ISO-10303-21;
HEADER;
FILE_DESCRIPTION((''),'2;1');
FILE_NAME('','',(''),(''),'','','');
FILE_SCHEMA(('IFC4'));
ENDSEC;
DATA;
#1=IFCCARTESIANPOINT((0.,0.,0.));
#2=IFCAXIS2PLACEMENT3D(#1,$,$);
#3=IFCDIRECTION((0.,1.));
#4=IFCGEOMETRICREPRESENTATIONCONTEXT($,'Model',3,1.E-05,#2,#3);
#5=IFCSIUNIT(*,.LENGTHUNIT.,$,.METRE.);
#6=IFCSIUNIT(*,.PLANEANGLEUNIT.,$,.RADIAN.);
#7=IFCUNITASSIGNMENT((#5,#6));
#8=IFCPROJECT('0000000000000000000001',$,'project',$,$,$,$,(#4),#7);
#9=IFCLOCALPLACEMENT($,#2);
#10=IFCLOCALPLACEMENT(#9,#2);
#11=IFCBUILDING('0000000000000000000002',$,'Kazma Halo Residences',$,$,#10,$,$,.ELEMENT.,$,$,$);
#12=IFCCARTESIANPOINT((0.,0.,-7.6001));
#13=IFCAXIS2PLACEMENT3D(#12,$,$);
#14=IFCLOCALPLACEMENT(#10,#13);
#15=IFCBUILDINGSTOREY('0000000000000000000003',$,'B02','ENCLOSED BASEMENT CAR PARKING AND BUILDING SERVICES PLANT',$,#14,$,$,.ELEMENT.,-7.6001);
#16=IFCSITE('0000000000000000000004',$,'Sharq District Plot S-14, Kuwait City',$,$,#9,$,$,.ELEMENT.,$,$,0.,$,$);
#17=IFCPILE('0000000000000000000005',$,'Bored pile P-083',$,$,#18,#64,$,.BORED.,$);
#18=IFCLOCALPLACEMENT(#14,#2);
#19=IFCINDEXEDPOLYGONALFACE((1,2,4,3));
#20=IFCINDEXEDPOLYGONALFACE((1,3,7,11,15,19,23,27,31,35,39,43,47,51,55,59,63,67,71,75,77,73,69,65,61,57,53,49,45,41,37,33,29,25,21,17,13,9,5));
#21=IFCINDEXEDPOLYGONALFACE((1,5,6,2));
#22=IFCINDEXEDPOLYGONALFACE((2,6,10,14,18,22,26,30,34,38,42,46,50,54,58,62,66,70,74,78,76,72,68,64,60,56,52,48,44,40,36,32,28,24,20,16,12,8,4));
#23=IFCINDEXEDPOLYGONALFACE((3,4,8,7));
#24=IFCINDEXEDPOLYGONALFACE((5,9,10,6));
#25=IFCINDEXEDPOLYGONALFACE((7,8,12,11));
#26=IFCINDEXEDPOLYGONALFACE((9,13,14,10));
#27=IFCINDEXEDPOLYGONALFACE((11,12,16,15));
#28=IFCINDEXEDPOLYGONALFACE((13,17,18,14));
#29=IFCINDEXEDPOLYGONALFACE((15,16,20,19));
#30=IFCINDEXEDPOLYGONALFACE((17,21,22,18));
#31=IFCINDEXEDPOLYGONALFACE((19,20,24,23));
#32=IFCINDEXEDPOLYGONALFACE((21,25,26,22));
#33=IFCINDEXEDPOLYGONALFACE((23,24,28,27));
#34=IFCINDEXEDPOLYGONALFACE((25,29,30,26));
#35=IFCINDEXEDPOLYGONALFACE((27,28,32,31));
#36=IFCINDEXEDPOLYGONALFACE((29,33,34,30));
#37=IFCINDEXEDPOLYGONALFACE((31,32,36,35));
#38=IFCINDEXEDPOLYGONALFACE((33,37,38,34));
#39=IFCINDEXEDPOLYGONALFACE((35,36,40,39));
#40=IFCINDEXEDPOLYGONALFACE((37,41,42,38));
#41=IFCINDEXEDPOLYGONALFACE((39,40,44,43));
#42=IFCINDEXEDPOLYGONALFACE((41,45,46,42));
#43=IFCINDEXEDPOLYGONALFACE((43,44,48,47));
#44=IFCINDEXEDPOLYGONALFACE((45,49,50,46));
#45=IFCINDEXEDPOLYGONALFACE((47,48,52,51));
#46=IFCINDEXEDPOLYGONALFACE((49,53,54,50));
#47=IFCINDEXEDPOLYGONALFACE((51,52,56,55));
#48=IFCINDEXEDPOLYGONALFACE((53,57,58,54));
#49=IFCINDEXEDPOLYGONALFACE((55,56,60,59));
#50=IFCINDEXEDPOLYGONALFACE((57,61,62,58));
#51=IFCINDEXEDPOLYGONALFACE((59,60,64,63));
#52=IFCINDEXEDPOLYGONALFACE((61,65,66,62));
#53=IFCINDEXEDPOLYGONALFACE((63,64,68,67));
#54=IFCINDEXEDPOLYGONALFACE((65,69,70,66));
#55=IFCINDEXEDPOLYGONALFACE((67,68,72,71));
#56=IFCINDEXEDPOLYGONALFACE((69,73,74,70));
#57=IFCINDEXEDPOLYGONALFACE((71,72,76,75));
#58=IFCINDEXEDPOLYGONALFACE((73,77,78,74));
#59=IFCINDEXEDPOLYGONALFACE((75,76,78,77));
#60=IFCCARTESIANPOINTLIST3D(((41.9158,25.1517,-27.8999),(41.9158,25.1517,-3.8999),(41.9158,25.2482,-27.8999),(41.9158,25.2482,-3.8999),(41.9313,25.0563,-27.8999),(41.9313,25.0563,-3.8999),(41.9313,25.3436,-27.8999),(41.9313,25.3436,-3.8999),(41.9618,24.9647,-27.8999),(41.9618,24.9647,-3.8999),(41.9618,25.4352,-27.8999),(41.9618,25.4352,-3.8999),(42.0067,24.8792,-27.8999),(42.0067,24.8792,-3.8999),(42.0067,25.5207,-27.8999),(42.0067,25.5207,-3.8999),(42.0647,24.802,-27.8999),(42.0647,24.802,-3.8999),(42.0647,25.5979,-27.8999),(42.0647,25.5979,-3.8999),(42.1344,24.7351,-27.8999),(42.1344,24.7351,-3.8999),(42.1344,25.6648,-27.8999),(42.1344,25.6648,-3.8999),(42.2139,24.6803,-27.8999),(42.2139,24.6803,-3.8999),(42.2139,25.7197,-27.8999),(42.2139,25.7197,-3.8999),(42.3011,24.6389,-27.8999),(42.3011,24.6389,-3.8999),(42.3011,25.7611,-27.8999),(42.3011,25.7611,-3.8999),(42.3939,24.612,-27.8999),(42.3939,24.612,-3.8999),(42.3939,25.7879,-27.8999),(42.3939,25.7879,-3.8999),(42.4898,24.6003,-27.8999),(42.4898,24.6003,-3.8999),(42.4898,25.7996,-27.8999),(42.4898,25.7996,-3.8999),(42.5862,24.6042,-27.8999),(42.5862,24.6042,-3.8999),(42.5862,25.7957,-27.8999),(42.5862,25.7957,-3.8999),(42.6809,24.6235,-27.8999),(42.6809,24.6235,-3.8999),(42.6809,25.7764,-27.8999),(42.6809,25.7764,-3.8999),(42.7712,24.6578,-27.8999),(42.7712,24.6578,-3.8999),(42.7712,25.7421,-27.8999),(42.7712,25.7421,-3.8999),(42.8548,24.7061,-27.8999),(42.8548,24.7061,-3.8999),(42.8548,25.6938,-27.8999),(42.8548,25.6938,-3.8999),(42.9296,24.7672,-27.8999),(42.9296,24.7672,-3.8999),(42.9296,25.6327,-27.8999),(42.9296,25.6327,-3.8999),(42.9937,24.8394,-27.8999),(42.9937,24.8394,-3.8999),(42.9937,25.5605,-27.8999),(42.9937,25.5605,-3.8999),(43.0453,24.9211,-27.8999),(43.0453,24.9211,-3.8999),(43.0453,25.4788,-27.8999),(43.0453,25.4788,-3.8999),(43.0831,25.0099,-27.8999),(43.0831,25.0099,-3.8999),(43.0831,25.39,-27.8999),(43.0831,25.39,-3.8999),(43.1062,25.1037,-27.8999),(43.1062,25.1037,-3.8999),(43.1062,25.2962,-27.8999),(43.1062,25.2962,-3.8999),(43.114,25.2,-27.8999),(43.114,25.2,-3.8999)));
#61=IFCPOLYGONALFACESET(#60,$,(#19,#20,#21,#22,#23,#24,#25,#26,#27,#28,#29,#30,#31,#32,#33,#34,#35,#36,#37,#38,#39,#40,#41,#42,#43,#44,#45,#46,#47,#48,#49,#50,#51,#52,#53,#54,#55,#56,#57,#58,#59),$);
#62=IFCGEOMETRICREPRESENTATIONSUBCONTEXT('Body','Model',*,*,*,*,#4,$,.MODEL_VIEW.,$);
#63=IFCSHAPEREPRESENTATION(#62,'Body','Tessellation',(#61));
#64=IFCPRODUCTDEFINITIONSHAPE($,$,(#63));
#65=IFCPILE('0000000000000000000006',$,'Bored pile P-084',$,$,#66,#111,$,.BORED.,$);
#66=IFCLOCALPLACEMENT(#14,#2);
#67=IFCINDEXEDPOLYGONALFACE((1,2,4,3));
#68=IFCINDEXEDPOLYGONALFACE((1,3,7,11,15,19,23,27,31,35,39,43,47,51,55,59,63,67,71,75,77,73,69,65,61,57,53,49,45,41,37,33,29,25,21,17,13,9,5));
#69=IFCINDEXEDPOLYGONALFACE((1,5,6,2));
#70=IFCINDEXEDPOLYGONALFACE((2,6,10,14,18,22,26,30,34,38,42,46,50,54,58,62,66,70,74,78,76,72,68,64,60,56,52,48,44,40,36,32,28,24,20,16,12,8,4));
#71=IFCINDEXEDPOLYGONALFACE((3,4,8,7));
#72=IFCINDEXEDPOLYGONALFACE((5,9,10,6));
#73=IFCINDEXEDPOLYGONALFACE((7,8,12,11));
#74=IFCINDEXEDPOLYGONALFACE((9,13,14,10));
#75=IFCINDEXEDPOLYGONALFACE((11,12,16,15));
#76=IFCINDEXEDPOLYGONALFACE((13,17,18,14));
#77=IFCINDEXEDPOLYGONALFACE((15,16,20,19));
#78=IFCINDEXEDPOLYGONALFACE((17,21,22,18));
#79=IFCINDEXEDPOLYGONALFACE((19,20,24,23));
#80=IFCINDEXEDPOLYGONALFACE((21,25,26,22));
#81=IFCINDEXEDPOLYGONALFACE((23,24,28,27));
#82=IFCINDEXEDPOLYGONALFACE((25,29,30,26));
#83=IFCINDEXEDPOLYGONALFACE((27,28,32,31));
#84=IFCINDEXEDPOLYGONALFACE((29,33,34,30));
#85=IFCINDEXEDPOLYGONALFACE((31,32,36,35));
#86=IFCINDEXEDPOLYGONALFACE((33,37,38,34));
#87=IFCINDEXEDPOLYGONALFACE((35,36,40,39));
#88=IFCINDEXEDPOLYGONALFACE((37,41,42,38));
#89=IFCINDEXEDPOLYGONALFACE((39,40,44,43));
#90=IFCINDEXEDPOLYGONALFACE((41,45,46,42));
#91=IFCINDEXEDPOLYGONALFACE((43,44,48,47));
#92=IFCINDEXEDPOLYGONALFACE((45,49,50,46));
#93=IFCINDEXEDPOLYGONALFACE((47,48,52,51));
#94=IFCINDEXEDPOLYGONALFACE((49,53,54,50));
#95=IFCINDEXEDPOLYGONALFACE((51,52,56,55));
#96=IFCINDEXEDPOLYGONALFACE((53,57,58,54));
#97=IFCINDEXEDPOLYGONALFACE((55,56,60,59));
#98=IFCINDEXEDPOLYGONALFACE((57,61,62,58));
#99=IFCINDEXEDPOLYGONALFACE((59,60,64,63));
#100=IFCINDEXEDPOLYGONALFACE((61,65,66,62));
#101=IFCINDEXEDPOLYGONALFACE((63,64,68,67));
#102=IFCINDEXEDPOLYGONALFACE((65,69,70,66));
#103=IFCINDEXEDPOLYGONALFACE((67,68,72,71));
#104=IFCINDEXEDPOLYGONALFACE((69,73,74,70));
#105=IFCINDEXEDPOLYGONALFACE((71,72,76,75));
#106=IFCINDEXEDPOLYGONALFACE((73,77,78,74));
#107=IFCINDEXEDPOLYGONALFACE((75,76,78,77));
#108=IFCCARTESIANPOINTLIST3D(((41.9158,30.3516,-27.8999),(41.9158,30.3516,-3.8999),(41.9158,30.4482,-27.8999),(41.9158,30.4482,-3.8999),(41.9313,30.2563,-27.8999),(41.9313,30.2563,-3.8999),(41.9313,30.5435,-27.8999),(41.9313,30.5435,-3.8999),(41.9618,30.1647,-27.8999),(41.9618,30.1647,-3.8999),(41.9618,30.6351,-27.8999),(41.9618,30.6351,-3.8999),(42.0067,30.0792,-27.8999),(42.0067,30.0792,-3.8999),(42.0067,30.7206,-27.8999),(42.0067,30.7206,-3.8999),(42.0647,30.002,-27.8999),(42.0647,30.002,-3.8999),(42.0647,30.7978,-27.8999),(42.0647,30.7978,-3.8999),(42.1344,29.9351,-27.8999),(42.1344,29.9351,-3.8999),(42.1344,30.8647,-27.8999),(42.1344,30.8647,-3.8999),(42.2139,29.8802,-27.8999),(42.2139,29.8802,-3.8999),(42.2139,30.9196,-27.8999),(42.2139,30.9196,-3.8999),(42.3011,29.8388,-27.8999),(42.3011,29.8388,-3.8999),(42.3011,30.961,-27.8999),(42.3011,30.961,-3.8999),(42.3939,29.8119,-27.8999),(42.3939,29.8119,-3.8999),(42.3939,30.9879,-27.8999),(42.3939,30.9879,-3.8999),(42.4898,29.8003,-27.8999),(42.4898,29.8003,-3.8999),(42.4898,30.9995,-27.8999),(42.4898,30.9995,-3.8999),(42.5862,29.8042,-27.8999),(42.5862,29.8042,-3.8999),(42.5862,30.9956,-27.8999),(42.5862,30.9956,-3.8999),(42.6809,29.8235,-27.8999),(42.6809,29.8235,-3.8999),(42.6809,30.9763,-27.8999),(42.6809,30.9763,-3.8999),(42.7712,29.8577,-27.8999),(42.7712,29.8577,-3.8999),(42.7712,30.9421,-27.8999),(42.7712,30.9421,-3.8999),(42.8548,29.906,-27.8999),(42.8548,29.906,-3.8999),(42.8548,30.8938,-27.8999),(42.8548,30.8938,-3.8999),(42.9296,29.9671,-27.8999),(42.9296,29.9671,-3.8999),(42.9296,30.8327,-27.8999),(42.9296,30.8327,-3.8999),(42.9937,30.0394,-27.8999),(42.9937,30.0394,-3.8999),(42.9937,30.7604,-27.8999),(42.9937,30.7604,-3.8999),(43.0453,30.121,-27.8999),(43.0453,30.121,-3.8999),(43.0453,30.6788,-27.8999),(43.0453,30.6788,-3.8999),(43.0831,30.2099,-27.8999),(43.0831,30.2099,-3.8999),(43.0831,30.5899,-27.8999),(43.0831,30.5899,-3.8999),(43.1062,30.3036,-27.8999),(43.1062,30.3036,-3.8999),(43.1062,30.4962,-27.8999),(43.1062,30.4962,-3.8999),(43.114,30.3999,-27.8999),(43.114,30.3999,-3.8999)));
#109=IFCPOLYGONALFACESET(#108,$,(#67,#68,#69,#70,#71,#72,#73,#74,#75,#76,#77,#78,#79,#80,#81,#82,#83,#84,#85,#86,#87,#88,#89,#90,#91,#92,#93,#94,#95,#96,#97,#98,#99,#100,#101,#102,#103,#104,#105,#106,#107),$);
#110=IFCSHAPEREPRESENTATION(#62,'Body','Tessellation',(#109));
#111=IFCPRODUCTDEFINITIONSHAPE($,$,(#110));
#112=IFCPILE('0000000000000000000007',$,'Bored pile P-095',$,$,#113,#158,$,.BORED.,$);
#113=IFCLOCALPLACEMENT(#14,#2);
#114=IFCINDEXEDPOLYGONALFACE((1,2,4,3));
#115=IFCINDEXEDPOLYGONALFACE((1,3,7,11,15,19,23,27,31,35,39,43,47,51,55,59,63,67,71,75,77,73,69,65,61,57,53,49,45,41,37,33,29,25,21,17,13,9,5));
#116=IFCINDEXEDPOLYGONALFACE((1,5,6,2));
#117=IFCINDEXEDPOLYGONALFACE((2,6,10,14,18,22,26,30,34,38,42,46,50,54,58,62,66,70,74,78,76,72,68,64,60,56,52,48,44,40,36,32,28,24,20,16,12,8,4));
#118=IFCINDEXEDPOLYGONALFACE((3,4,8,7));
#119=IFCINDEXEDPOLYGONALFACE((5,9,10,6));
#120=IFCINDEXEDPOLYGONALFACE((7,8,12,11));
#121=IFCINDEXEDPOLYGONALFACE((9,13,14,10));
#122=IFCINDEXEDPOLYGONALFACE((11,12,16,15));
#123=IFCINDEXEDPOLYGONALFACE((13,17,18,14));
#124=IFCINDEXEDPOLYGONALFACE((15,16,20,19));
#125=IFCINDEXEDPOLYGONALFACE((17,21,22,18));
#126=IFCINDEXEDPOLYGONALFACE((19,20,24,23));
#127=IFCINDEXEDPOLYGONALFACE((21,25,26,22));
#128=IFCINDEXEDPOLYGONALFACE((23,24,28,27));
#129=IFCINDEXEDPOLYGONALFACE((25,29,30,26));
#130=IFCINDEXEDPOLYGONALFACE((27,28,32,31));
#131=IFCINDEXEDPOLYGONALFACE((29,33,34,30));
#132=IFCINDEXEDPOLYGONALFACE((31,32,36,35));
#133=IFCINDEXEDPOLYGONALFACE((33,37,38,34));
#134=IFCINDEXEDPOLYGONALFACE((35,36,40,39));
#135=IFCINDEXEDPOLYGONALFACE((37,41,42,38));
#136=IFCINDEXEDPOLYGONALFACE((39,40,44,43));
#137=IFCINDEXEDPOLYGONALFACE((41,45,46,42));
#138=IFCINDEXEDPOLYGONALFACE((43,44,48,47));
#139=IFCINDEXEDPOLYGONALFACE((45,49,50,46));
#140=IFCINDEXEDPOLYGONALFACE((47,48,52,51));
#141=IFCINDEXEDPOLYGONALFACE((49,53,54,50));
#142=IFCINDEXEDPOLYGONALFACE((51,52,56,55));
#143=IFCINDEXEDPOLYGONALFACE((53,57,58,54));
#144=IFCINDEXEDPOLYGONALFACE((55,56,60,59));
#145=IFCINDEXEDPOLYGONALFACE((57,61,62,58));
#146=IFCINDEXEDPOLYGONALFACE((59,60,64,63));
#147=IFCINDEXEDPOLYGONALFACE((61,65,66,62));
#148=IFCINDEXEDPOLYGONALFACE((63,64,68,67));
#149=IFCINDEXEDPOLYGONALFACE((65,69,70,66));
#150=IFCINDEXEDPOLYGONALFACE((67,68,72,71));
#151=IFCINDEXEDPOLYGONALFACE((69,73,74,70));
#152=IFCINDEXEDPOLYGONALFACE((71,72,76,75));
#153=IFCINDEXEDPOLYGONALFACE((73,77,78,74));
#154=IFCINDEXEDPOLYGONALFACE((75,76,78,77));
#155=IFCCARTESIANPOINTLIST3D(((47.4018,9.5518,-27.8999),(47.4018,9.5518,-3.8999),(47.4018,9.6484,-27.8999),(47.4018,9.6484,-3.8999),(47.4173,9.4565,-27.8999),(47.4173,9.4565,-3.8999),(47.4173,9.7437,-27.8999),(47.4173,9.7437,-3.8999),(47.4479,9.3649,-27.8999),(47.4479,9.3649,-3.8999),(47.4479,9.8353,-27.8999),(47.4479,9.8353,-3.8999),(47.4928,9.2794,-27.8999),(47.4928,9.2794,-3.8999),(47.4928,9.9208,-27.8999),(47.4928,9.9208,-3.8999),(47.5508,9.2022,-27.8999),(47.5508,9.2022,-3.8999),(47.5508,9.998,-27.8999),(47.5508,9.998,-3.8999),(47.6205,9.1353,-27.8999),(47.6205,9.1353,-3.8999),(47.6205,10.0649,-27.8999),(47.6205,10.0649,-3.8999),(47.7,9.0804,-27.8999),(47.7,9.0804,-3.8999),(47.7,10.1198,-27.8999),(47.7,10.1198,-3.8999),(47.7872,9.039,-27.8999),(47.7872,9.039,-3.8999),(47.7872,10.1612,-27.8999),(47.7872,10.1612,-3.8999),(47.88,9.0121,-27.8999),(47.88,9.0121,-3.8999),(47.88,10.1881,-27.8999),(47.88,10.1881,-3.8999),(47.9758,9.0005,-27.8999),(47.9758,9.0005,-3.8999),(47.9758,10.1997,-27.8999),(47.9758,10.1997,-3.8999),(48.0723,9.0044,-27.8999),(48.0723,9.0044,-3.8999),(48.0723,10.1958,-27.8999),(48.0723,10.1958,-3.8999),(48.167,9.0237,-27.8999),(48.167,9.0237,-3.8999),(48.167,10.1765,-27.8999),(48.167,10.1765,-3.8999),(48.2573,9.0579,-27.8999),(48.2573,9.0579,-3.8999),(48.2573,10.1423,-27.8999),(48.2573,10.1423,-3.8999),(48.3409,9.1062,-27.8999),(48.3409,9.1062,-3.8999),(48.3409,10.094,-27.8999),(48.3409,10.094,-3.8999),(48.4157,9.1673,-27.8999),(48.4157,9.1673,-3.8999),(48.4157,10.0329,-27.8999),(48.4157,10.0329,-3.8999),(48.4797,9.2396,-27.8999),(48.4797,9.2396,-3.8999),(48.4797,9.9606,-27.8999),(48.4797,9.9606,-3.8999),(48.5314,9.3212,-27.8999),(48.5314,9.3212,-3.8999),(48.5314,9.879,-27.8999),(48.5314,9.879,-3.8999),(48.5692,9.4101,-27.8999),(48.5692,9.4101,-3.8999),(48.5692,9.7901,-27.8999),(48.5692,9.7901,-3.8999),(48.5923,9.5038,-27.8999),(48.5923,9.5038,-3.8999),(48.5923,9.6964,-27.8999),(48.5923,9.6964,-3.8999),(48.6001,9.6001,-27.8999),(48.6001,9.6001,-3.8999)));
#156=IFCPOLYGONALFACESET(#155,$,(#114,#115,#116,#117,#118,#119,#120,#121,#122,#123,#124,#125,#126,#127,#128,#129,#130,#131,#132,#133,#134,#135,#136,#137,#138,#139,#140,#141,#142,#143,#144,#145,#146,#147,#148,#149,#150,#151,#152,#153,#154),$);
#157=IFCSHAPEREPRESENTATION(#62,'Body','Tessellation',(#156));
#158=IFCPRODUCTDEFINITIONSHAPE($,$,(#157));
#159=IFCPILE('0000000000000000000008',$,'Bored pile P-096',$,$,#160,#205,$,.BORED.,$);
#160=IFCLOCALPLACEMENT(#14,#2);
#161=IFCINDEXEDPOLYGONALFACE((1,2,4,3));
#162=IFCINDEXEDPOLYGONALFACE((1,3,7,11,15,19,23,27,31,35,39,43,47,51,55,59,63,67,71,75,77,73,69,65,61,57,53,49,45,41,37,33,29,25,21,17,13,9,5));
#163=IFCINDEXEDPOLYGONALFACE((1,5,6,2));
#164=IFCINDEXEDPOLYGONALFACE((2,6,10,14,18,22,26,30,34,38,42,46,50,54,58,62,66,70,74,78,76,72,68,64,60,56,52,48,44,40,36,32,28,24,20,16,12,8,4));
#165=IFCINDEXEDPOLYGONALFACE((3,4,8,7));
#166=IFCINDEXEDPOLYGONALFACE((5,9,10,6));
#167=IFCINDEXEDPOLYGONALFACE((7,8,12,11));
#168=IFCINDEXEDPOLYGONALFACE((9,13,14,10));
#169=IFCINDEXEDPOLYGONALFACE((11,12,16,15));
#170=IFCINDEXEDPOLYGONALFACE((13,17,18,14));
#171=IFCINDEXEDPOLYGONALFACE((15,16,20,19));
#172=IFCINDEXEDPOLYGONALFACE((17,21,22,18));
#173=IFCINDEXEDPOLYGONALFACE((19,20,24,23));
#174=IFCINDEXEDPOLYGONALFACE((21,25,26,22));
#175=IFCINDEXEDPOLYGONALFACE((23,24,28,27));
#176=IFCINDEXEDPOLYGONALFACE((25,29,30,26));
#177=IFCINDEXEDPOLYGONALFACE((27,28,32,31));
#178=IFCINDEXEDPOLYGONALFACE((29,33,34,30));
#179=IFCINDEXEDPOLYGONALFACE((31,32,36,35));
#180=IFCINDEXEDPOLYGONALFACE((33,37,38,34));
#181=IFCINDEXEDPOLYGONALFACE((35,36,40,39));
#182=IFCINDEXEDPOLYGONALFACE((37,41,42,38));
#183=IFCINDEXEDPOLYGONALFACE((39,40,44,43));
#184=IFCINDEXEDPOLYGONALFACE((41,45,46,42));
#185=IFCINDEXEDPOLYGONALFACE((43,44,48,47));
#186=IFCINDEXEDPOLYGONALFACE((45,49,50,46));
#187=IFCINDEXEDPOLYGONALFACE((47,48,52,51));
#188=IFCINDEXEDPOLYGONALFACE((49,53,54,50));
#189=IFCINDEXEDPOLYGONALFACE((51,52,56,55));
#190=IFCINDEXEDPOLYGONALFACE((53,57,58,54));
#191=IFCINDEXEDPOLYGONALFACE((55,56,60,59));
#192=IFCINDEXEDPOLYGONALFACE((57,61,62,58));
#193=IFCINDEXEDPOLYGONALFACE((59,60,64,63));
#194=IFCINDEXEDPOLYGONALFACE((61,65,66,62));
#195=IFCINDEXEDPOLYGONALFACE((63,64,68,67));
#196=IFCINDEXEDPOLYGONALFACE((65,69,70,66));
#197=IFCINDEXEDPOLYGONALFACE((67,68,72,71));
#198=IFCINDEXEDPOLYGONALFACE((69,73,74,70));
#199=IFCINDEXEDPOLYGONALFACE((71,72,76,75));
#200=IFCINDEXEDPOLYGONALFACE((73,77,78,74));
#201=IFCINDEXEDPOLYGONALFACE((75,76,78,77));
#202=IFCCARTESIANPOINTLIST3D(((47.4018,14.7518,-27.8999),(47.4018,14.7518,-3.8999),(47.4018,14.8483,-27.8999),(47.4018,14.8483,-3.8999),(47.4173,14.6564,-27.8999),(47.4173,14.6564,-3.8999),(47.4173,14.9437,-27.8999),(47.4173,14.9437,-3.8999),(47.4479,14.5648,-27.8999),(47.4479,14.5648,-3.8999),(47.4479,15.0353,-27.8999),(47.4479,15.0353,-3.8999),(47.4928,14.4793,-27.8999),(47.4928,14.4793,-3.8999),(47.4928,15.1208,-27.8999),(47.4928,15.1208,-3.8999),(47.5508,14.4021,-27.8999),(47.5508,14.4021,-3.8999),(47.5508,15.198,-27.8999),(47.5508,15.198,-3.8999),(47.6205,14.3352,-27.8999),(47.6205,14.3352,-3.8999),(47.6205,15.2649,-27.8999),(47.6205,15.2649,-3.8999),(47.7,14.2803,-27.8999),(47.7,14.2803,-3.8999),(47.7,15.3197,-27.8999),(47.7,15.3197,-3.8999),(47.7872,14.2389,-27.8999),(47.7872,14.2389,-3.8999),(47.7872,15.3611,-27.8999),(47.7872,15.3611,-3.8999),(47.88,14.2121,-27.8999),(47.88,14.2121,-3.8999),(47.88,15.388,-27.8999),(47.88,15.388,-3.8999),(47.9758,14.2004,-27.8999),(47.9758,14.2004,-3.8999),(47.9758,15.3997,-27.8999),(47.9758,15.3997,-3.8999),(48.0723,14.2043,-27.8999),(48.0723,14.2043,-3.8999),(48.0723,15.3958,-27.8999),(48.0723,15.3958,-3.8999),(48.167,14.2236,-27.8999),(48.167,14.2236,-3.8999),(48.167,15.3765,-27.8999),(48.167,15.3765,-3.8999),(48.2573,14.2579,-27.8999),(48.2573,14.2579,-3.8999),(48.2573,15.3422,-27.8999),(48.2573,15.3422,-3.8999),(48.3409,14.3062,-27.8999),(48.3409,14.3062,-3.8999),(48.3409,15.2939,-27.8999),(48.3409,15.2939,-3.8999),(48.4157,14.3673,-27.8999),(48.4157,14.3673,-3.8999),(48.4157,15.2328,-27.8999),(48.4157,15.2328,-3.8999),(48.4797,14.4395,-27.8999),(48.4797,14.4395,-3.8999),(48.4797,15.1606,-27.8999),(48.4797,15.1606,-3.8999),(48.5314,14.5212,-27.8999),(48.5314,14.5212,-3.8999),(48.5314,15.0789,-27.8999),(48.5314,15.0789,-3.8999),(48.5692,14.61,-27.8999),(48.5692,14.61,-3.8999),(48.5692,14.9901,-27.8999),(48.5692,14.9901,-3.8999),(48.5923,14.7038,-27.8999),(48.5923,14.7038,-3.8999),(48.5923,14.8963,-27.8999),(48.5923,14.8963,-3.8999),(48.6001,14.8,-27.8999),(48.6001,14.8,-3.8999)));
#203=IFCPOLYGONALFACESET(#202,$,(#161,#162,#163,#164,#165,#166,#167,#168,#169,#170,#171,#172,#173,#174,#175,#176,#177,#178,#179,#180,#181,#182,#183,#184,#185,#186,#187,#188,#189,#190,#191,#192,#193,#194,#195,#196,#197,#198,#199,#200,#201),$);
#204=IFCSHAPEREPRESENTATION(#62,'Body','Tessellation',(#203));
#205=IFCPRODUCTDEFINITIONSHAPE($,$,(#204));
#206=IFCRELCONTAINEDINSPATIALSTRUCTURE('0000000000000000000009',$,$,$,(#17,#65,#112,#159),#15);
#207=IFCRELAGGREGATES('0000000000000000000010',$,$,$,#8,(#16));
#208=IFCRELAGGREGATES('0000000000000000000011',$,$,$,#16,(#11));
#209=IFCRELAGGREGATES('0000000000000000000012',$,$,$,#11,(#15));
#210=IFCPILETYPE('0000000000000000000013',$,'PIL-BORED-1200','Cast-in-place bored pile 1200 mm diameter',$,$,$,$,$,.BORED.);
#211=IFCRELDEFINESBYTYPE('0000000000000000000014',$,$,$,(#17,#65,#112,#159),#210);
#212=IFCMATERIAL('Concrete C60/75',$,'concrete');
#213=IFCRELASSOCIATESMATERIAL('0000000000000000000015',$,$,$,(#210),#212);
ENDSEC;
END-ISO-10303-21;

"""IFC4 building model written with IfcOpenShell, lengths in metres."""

from ifc_helpers import new_model, si_unit, direction, frame, origin, origin_2d, place, context, subcontext, project, spatial, circle, extrude, material, material_profile, profile_set, type_object, element, save


model = new_model("IFC4")

# Units and contexts
model_context = context("Model", 3, precision=1e-05, world=origin(), true_north=direction((0.0, 1.0)))
body_context = subcontext(model_context, "Body", "Model", "MODEL_VIEW")
ifc_project = project(units=[si_unit("LENGTHUNIT", "METRE"), si_unit("PLANEANGLEUNIT", "RADIAN")], contexts=[model_context])

# Site, building, storey
site_placement = place(None, origin())
site = spatial("IfcSite", under=ifc_project, at=site_placement, Name="Sharq District Plot S-14, Kuwait City", CompositionType="ELEMENT", RefElevation=0.0)
building_placement = place(site_placement, origin())
building = spatial("IfcBuilding", under=site, at=building_placement, Name="Kazma Halo Residences", CompositionType="ELEMENT")
storey_placement = place(building_placement, frame((0.0, 0.0, -7.6001)))
storey = spatial("IfcBuildingStorey", under=building, at=storey_placement, Name="B02", Description="ENCLOSED BASEMENT CAR PARKING AND BUILDING SERVICES PLANT", CompositionType="ELEMENT", Elevation=-7.6001)

# Piles
ifc_material_1 = material(Name="Concrete C60/75", Category="concrete")
ifc_material_profile_1 = material_profile(ifc_material_1, circle(Radius=0.6001, at=origin_2d()), Name="CIRC1200")
ifc_profile_set_1 = profile_set([ifc_material_profile_1], Name="Concrete C60/75")
pile_type = type_object("IfcPileType", Name="PIL-BORED-1200", Description="Cast-in-place bored pile 1200 mm diameter", PredefinedType="BORED", material=ifc_profile_set_1)
for number, where, z_axis, x_axis, name in (
    (1, (42.5139, 25.2, -3.8999), (0.0, 0.0, -1.0), (1.0, 0.0, 0.0), "Bored pile P-083"),
    (2, (42.5139, 30.3999, -3.8999), (0.0, 0.0, -1.0), (1.0, 0.0, 0.0), "Bored pile P-084"),
    (3, (48.0, 9.6001, -3.8999), (0.0, 0.0, -1.0), (1.0, 0.0, 0.0), "Bored pile P-095"),
    (4, (48.0, 14.8, -3.8999), (0.0, 0.0, -1.0), (1.0, 0.0, 0.0), "Bored pile P-096"),
):
    element("IfcPile", number, at=place(storey_placement, frame(where, z_axis=z_axis, x_axis=x_axis)), inside=storey, type_object=pile_type, Name=name, PredefinedType="BORED", context=body_context, shape_type="SweptSolid", body=[
        extrude(circle(Radius=0.6001, at=origin_2d()), origin(), (0.0, 0.0, 1.0), 24.0),
    ])

save(model, "model.ifc")
